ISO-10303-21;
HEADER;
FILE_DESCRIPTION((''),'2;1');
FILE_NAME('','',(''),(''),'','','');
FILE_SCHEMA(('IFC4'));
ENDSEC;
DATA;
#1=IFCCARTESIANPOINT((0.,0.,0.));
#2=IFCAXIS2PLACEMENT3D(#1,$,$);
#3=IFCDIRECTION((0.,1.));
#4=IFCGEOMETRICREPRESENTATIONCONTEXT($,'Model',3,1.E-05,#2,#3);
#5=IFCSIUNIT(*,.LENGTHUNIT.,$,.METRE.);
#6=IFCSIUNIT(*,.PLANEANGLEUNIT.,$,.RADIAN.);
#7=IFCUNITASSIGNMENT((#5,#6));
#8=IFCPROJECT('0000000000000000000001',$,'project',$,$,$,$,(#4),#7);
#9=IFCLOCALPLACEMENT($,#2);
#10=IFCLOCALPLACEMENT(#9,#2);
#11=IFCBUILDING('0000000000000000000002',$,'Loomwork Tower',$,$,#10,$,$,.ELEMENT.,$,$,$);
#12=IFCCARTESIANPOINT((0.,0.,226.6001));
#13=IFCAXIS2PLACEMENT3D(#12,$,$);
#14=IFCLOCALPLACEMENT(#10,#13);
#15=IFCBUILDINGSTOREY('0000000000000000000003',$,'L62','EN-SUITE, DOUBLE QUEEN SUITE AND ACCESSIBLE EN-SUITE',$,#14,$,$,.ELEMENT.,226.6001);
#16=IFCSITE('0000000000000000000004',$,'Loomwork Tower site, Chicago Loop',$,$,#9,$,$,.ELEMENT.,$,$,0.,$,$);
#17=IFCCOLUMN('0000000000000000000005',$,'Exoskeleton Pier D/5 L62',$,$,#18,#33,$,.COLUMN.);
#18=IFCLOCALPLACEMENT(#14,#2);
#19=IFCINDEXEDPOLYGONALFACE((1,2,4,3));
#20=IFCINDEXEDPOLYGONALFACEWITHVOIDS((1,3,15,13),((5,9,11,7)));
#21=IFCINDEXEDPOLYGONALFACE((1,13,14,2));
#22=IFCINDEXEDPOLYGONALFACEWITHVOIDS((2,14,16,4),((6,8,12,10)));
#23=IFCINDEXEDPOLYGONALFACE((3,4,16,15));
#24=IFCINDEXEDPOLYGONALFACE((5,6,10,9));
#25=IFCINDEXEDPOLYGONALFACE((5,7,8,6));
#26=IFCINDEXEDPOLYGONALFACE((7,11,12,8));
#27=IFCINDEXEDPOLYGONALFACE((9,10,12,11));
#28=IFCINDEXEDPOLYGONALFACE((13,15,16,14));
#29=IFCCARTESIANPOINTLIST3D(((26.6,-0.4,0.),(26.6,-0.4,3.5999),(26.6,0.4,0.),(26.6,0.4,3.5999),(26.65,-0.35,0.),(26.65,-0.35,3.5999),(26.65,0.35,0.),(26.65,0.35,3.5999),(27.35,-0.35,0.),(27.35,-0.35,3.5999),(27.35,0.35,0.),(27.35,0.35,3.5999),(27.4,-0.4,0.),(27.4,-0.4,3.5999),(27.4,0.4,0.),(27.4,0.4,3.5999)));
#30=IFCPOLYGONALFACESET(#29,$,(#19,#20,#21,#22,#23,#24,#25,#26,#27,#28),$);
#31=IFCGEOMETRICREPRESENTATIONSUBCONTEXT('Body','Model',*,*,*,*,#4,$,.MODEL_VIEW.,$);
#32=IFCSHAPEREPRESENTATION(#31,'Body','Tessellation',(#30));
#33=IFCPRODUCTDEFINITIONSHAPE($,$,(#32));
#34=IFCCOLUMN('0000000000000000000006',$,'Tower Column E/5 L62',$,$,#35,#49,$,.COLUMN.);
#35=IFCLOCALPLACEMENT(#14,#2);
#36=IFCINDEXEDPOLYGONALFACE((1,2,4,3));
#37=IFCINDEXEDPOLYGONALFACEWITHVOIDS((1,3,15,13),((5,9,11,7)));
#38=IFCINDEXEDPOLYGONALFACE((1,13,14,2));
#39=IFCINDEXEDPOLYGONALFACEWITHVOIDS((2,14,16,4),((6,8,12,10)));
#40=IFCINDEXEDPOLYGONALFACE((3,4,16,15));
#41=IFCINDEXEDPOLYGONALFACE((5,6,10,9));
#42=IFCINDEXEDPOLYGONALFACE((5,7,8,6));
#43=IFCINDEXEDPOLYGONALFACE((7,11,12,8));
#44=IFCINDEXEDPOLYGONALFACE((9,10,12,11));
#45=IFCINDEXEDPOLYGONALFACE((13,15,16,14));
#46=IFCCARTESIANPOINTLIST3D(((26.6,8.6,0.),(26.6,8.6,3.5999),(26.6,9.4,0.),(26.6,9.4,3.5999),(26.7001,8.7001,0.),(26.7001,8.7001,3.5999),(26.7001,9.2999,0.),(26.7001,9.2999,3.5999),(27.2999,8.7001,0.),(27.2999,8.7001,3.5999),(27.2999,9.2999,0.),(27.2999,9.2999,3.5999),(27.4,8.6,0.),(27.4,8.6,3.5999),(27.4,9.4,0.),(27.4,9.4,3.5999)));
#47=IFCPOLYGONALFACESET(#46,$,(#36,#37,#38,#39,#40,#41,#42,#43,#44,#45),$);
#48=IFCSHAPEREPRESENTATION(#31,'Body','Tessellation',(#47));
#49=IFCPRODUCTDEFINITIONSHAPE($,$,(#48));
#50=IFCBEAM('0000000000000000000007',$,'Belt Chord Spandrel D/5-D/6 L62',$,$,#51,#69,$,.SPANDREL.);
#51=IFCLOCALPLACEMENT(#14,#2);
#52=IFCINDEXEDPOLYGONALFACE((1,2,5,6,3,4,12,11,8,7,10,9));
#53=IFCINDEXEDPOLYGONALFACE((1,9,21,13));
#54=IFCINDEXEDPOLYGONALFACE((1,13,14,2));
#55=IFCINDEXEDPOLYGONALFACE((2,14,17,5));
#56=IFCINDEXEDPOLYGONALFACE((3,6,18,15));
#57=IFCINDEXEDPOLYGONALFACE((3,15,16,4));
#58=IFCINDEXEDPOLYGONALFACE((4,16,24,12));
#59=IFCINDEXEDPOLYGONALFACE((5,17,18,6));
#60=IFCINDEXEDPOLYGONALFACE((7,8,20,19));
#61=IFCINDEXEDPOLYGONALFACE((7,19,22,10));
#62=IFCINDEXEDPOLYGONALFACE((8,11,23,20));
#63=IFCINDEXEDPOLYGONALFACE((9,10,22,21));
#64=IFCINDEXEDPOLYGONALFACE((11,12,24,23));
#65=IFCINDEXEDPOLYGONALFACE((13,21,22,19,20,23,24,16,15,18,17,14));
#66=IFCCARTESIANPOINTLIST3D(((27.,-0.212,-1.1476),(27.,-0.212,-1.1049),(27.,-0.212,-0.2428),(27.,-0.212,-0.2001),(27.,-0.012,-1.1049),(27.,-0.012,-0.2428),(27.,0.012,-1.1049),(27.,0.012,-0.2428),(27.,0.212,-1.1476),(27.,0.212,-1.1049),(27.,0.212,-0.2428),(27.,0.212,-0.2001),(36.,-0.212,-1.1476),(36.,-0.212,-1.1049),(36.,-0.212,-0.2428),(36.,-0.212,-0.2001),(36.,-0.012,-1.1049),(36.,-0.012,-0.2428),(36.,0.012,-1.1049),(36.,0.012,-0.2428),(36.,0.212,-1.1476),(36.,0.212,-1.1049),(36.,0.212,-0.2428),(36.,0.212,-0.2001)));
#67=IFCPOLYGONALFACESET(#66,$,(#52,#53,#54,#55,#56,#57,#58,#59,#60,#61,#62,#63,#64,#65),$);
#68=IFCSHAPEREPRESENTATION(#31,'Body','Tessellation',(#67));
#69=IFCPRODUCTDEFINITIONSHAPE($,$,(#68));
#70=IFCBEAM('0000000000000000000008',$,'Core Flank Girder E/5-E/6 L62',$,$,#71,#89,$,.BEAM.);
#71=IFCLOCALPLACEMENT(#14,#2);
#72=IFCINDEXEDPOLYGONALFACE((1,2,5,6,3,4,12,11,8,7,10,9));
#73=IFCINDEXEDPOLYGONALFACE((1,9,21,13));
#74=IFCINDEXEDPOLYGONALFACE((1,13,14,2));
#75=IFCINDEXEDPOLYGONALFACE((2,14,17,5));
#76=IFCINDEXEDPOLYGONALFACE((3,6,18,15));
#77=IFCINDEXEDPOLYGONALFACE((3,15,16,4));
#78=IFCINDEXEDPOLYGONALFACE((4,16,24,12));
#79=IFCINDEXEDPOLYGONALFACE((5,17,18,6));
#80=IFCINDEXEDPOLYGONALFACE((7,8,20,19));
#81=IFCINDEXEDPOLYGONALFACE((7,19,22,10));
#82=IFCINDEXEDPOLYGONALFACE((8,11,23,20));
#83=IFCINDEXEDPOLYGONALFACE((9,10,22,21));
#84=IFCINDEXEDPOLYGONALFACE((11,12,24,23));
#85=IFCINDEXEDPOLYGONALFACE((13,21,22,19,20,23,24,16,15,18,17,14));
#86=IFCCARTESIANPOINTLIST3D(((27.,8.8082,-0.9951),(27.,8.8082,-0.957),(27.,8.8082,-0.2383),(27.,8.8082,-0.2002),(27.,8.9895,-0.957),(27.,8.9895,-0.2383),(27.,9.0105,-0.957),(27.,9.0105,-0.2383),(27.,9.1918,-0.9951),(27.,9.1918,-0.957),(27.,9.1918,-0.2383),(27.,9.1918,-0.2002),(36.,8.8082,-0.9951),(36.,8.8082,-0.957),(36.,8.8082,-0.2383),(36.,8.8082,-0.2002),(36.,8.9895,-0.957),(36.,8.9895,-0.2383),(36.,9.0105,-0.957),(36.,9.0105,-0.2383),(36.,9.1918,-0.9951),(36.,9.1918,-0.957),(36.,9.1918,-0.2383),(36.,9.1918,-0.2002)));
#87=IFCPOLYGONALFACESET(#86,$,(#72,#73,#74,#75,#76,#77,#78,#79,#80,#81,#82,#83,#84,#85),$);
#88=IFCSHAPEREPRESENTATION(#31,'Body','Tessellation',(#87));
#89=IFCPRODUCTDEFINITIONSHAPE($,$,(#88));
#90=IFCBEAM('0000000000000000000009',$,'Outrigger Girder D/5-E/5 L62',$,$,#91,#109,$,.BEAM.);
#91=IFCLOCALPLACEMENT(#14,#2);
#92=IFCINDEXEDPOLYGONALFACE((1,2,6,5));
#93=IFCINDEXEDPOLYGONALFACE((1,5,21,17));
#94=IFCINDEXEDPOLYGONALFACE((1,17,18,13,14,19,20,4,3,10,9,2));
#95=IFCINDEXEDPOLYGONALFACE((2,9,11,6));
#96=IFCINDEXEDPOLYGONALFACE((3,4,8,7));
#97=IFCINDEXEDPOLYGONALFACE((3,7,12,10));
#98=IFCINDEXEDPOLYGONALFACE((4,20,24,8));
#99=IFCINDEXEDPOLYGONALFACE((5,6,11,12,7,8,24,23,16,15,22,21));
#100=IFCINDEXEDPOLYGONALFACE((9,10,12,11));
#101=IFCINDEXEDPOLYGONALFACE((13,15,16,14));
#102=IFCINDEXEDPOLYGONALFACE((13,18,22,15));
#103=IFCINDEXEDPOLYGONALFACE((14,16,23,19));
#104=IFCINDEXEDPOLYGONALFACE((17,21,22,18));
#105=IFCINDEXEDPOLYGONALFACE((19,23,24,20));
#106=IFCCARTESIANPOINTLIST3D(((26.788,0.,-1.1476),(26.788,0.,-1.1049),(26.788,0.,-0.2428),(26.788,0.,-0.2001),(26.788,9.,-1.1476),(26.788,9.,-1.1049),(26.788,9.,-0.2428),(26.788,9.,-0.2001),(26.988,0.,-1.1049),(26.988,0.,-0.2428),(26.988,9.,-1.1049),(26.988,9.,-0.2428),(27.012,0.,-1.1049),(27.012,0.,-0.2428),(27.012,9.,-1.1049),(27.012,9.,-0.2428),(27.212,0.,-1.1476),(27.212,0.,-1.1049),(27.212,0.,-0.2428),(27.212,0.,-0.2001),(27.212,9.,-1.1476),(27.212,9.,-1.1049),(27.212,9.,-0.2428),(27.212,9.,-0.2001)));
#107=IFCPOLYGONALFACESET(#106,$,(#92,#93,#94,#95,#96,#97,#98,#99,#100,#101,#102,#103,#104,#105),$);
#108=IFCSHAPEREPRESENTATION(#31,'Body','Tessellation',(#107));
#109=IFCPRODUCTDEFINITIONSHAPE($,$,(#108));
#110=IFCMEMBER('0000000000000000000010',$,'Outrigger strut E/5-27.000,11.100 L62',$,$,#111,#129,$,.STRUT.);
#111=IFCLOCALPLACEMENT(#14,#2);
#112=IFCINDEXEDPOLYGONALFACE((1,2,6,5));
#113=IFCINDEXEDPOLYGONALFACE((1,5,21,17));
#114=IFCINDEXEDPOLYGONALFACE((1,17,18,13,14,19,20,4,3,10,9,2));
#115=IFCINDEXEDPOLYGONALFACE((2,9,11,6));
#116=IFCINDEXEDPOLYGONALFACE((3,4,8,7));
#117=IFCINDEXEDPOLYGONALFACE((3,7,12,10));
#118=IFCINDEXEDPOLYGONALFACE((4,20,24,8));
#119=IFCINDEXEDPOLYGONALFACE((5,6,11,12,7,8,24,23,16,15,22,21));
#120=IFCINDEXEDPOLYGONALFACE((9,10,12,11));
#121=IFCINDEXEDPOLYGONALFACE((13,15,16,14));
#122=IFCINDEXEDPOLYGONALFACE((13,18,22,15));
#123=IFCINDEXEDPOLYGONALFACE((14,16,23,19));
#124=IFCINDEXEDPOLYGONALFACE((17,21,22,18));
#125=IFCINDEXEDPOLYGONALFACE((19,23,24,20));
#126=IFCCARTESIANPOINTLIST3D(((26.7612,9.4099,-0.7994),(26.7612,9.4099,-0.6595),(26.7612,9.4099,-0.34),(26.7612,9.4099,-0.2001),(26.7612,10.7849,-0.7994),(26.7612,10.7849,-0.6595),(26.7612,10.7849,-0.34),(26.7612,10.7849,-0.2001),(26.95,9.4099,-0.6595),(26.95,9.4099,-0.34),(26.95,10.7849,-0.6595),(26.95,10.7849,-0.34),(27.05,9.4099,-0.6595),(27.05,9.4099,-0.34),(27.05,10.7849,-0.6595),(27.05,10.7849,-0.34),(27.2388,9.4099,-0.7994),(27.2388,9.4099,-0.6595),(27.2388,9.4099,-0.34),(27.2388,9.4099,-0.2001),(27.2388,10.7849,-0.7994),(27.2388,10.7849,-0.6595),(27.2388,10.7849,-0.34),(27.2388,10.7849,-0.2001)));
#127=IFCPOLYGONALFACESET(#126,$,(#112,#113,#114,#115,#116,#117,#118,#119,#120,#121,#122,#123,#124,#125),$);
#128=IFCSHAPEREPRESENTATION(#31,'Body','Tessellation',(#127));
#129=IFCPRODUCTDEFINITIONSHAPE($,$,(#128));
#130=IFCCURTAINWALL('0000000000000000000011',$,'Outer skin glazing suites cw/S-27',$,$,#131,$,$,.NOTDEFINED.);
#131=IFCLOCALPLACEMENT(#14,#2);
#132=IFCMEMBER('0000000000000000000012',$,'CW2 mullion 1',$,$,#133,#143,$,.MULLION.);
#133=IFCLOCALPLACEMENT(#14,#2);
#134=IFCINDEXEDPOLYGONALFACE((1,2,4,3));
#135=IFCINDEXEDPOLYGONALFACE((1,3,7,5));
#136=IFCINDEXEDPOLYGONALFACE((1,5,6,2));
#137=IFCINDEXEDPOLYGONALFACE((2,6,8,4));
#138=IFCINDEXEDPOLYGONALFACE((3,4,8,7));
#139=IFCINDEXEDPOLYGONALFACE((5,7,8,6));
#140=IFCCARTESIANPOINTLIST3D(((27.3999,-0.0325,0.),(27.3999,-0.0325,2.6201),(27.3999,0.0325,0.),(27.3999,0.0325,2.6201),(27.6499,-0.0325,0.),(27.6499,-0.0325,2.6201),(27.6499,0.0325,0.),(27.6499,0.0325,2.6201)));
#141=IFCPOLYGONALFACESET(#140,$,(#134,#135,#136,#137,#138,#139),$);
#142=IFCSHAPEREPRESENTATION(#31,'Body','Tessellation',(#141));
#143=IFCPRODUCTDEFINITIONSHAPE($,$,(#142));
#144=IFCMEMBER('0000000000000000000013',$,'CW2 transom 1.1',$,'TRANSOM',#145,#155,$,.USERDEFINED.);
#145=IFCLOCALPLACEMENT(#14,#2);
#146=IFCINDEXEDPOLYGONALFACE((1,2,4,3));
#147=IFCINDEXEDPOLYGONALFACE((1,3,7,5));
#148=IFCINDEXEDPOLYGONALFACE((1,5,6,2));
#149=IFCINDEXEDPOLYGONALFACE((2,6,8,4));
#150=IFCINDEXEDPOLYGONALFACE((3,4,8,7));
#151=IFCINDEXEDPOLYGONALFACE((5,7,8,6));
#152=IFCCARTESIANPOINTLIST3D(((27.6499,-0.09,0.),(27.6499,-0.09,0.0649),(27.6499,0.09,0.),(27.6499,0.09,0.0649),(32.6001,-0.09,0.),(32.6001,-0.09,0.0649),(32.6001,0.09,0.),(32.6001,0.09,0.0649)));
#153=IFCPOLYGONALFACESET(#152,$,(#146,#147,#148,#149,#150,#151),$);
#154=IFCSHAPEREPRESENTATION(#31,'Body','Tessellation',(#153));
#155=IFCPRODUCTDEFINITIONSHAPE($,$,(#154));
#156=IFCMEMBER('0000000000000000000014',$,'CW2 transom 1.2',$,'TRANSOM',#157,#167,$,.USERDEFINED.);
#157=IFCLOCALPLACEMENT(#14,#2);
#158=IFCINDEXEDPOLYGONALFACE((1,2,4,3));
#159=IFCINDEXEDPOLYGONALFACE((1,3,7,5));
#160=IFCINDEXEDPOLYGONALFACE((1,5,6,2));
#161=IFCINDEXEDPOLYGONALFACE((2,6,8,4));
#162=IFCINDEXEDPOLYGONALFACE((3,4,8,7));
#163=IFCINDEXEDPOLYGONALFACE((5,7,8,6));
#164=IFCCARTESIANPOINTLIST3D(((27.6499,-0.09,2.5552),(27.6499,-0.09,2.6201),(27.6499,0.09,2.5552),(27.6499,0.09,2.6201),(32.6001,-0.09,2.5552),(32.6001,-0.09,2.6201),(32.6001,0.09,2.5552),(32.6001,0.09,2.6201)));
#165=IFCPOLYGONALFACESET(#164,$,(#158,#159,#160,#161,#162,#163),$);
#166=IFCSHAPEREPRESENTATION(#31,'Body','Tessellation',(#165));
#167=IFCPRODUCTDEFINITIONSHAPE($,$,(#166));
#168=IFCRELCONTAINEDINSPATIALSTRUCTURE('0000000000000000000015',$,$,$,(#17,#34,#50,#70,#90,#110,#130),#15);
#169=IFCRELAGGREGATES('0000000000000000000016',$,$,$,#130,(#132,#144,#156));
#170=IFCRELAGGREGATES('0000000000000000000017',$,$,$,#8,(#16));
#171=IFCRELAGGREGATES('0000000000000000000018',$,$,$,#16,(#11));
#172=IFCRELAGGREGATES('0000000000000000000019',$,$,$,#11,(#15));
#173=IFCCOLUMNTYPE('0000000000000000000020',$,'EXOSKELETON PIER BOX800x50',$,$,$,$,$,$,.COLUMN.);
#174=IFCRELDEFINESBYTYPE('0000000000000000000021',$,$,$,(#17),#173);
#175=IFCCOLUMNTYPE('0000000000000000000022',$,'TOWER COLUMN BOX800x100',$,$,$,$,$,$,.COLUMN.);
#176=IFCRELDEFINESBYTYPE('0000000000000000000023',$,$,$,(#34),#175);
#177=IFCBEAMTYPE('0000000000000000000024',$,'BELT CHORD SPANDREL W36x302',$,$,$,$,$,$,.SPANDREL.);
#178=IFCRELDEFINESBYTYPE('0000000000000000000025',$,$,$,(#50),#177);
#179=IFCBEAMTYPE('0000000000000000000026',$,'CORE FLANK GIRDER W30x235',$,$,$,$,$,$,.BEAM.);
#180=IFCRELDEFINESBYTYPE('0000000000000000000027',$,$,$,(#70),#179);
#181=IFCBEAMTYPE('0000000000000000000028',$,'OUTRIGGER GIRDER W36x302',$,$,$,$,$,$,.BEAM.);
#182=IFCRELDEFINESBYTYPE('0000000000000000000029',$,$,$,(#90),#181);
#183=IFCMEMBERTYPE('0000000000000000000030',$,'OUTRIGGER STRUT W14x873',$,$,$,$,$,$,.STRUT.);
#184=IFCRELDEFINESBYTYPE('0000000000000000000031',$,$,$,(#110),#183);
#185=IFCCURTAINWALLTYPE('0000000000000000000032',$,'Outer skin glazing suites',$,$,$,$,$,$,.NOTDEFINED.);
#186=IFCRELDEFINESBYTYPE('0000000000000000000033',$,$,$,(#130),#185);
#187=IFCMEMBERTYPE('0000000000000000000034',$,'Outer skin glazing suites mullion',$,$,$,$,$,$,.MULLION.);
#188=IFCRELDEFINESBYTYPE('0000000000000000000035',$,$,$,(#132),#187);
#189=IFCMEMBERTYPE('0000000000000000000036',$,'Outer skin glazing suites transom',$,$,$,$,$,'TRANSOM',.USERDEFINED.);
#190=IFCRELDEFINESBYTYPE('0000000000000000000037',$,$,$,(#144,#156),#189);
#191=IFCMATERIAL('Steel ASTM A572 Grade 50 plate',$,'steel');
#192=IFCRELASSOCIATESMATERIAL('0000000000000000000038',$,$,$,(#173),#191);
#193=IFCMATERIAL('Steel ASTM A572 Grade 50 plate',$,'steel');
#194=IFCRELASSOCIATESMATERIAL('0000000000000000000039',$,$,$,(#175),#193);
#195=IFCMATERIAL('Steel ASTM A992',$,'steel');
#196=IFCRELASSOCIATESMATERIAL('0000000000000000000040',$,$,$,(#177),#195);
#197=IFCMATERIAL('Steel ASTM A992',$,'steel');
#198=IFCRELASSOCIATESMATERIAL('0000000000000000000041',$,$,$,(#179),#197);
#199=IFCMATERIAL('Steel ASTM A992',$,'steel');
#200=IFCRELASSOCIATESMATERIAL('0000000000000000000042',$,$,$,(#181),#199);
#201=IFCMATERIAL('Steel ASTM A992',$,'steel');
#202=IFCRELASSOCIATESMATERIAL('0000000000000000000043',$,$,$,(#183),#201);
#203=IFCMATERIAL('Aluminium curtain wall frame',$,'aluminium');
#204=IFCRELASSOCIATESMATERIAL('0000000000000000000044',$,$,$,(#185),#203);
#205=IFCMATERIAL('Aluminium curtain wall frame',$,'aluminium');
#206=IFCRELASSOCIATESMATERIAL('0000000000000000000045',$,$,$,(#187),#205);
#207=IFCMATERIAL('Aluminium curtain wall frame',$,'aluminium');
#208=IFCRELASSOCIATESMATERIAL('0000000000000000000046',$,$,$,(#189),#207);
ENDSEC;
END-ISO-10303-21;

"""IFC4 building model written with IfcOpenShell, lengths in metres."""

from ifc_helpers import new_model, si_unit, direction, frame, origin, origin_2d, place, context, subcontext, project, spatial, rectangle, hollow_rectangle, i_section, extrude, material, material_profile, profile_set, type_object, element, aggregate, save


model = new_model("IFC4")

# Units and contexts
model_context = context("Model", 3, precision=1e-05, world=origin(), true_north=direction((0.0, 1.0)))
body_context = subcontext(model_context, "Body", "Model", "MODEL_VIEW")
ifc_project = project(units=[si_unit("LENGTHUNIT", "METRE"), si_unit("PLANEANGLEUNIT", "RADIAN")], contexts=[model_context])

# Site, building, storey
site_placement = place(None, origin())
site = spatial("IfcSite", under=ifc_project, at=site_placement, Name="Loomwork Tower site, Chicago Loop", CompositionType="ELEMENT", RefElevation=0.0)
building_placement = place(site_placement, origin())
building = spatial("IfcBuilding", under=site, at=building_placement, Name="Loomwork Tower", CompositionType="ELEMENT")
storey_placement = place(building_placement, frame((0.0, 0.0, 226.6001)))
storey = spatial("IfcBuildingStorey", under=building, at=storey_placement, Name="L62", Description="EN-SUITE, DOUBLE QUEEN SUITE AND ACCESSIBLE EN-SUITE", CompositionType="ELEMENT", Elevation=226.6001)

# Columns
ifc_material_1 = material(Name="Steel ASTM A572 Grade 50 plate", Category="steel")
ifc_material_profile_1 = material_profile(ifc_material_1, hollow_rectangle(XDim=0.8, YDim=0.8, WallThickness=0.05, at=origin_2d()), Name="BOX800x50")
ifc_profile_set_1 = profile_set([ifc_material_profile_1], Name="Steel ASTM A572 Grade 50 plate")
column_type_1 = type_object("IfcColumnType", Name="EXOSKELETON PIER BOX800x50", PredefinedType="COLUMN", material=ifc_profile_set_1)
column_1_placement = place(storey_placement, frame((27.0, 0.0, 0.0), z_axis=(0.0, 0.0, 1.0), x_axis=(1.0, 0.0, 0.0)))
element("IfcColumn", 1, at=column_1_placement, inside=storey, type_object=column_type_1, Name="Exoskeleton Pier D/5 L62", PredefinedType="COLUMN", context=body_context, shape_type="SweptSolid", body=[
    extrude(hollow_rectangle(XDim=0.8, YDim=0.8, WallThickness=0.05, at=origin_2d()), origin(), (0.0, 0.0, 1.0), 3.5999),
])
ifc_material_2 = material(Name="Steel ASTM A572 Grade 50 plate", Category="steel")
ifc_material_profile_2 = material_profile(ifc_material_2, hollow_rectangle(XDim=0.8, YDim=0.8, WallThickness=0.1001, at=origin_2d()), Name="BOX800x100")
ifc_profile_set_2 = profile_set([ifc_material_profile_2], Name="Steel ASTM A572 Grade 50 plate")
column_type_2 = type_object("IfcColumnType", Name="TOWER COLUMN BOX800x100", PredefinedType="COLUMN", material=ifc_profile_set_2)
column_2_placement = place(storey_placement, frame((27.0, 9.0, 0.0), z_axis=(0.0, 0.0, 1.0), x_axis=(1.0, 0.0, 0.0)))
element("IfcColumn", 2, at=column_2_placement, inside=storey, type_object=column_type_2, Name="Tower Column E/5 L62", PredefinedType="COLUMN", context=body_context, shape_type="SweptSolid", body=[
    extrude(hollow_rectangle(XDim=0.8, YDim=0.8, WallThickness=0.1001, at=origin_2d()), origin(), (0.0, 0.0, 1.0), 3.5999),
])

# Beams
ifc_material_3 = material(Name="Steel ASTM A992", Category="steel")
ifc_material_profile_3 = material_profile(ifc_material_3, i_section(OverallWidth=0.4241, OverallDepth=0.9475, WebThickness=0.0239, FlangeThickness=0.0427, at=origin_2d()), Name="W36x302")
ifc_profile_set_3 = profile_set([ifc_material_profile_3], Name="Steel ASTM A992")
beam_type_1 = type_object("IfcBeamType", Name="BELT CHORD SPANDREL W36x302", PredefinedType="SPANDREL", material=ifc_profile_set_3)
beam_1_placement = place(storey_placement, frame((27.0, 0.0, -0.6738), z_axis=(1.0, 0.0, 0.0), x_axis=(0.0, 1.0, 0.0)))
element("IfcBeam", 3, at=beam_1_placement, inside=storey, type_object=beam_type_1, Name="Belt Chord Spandrel D/5-D/6 L62", PredefinedType="SPANDREL", context=body_context, shape_type="SweptSolid", body=[
    extrude(i_section(OverallWidth=0.4241, OverallDepth=0.9475, WebThickness=0.0239, FlangeThickness=0.0427, at=origin_2d()), origin(), (0.0, 0.0, 1.0), 9.0),
])
ifc_material_4 = material(Name="Steel ASTM A992", Category="steel")
ifc_material_profile_4 = material_profile(ifc_material_4, i_section(OverallWidth=0.3835, OverallDepth=0.7949, WebThickness=0.021, FlangeThickness=0.0381, at=origin_2d()), Name="W30x235")
ifc_profile_set_4 = profile_set([ifc_material_profile_4], Name="Steel ASTM A992")
beam_type_2 = type_object("IfcBeamType", Name="CORE FLANK GIRDER W30x235", PredefinedType="BEAM", material=ifc_profile_set_4)
beam_2_placement = place(storey_placement, frame((27.0, 9.0, -0.5977), z_axis=(1.0, 0.0, 0.0), x_axis=(0.0, 1.0, 0.0)))
element("IfcBeam", 4, at=beam_2_placement, inside=storey, type_object=beam_type_2, Name="Core Flank Girder E/5-E/6 L62", PredefinedType="BEAM", context=body_context, shape_type="SweptSolid", body=[
    extrude(i_section(OverallWidth=0.3835, OverallDepth=0.7949, WebThickness=0.021, FlangeThickness=0.0381, at=origin_2d()), origin(), (0.0, 0.0, 1.0), 9.0),
])
ifc_material_5 = material(Name="Steel ASTM A992", Category="steel")
ifc_material_profile_5 = material_profile(ifc_material_5, i_section(OverallWidth=0.4241, OverallDepth=0.9475, WebThickness=0.0239, FlangeThickness=0.0427, at=origin_2d()), Name="W36x302")
ifc_profile_set_5 = profile_set([ifc_material_profile_5], Name="Steel ASTM A992")
beam_type_3 = type_object("IfcBeamType", Name="OUTRIGGER GIRDER W36x302", PredefinedType="BEAM", material=ifc_profile_set_5)
beam_3_placement = place(storey_placement, frame((27.0, 0.0, -0.6738), z_axis=(0.0, 1.0, 0.0), x_axis=(-1.0, 0.0, 0.0)))
element("IfcBeam", 5, at=beam_3_placement, inside=storey, type_object=beam_type_3, Name="Outrigger Girder D/5-E/5 L62", PredefinedType="BEAM", context=body_context, shape_type="SweptSolid", body=[
    extrude(i_section(OverallWidth=0.4241, OverallDepth=0.9475, WebThickness=0.0239, FlangeThickness=0.0427, at=origin_2d()), origin(), (0.0, 0.0, 1.0), 9.0),
])

# Member
ifc_material_6 = material(Name="Steel ASTM A992", Category="steel")
ifc_material_profile_6 = material_profile(ifc_material_6, i_section(OverallWidth=0.4775, OverallDepth=0.5994, WebThickness=0.1001, FlangeThickness=0.1399, at=origin_2d()), Name="W14x873")
ifc_profile_set_6 = profile_set([ifc_material_profile_6], Name="Steel ASTM A992")
member_type_1 = type_object("IfcMemberType", Name="OUTRIGGER STRUT W14x873", PredefinedType="STRUT", material=ifc_profile_set_6)
member_1_placement = place(storey_placement, frame((27.0, 9.4099, -0.4998), z_axis=(0.0, 1.0, 0.0), x_axis=(-1.0, 0.0, 0.0)))
element("IfcMember", 6, at=member_1_placement, inside=storey, type_object=member_type_1, Name="Outrigger strut E/5-27.000,11.100 L62", PredefinedType="STRUT", context=body_context, shape_type="SweptSolid", body=[
    extrude(i_section(OverallWidth=0.4775, OverallDepth=0.5994, WebThickness=0.1001, FlangeThickness=0.1399, at=origin_2d()), origin(), (0.0, 0.0, 1.0), 1.375),
])

# Curtain wall, members
ifc_material_7 = material(Name="Aluminium curtain wall frame", Category="aluminium")
curtain_wall_type = type_object("IfcCurtainWallType", Name="Outer skin glazing suites", PredefinedType="NOTDEFINED", material=ifc_material_7)
curtain_wall_placement = place(storey_placement, origin())
curtain_wall = element("IfcCurtainWall", 7, at=curtain_wall_placement, inside=storey, type_object=curtain_wall_type, Name="Outer skin glazing suites cw/S-27", PredefinedType="NOTDEFINED")
ifc_material_8 = material(Name="Aluminium curtain wall frame", Category="aluminium")
ifc_material_profile_7 = material_profile(ifc_material_8, rectangle(XDim=0.0649, YDim=0.25, at=origin_2d()), Name="AL 65x250")
ifc_profile_set_7 = profile_set([ifc_material_profile_7], Name="Aluminium curtain wall frame")
member_type_2 = type_object("IfcMemberType", Name="Outer skin glazing suites mullion", PredefinedType="MULLION", material=ifc_profile_set_7)
member_2_placement = place(storey_placement, frame((27.5249, 0.0, 0.0), z_axis=(0.0, 0.0, 1.0), x_axis=(0.0, 1.0, 0.0)))
member_2 = element("IfcMember", 8, at=member_2_placement, type_object=member_type_2, Name="CW2 mullion 1", PredefinedType="MULLION", context=body_context, shape_type="SweptSolid", body=[
    extrude(rectangle(XDim=0.0649, YDim=0.25, at=origin_2d()), origin(), (0.0, 0.0, 1.0), 2.6201),
])
ifc_material_9 = material(Name="Aluminium curtain wall frame", Category="aluminium")
ifc_material_profile_8 = material_profile(ifc_material_9, rectangle(XDim=0.1799, YDim=0.0649, at=origin_2d()), Name="AL 65x180")
ifc_profile_set_8 = profile_set([ifc_material_profile_8], Name="Aluminium curtain wall frame")
member_type_3 = type_object("IfcMemberType", Name="Outer skin glazing suites transom", ElementType="TRANSOM", PredefinedType="USERDEFINED", material=ifc_profile_set_8)
member_3_placement = place(storey_placement, frame((27.6499, 0.0, 0.0325), z_axis=(1.0, 0.0, 0.0), x_axis=(0.0, 1.0, 0.0)))
member_3 = element("IfcMember", 9, at=member_3_placement, type_object=member_type_3, Name="CW2 transom 1.1", ObjectType="TRANSOM", PredefinedType="USERDEFINED", context=body_context, shape_type="SweptSolid", body=[
    extrude(rectangle(XDim=0.1799, YDim=0.0649, at=origin_2d()), origin(), (0.0, 0.0, 1.0), 4.9502),
])
member_4_placement = place(storey_placement, frame((27.6499, 0.0, 2.5876), z_axis=(1.0, 0.0, 0.0), x_axis=(0.0, 1.0, 0.0)))
member_4 = element("IfcMember", 10, at=member_4_placement, type_object=member_type_3, Name="CW2 transom 1.2", ObjectType="TRANSOM", PredefinedType="USERDEFINED", context=body_context, shape_type="SweptSolid", body=[
    extrude(rectangle(XDim=0.1799, YDim=0.0649, at=origin_2d()), origin(), (0.0, 0.0, 1.0), 4.9502),
])
aggregate(curtain_wall, [member_2, member_3, member_4])

save(model, "model.ifc")
